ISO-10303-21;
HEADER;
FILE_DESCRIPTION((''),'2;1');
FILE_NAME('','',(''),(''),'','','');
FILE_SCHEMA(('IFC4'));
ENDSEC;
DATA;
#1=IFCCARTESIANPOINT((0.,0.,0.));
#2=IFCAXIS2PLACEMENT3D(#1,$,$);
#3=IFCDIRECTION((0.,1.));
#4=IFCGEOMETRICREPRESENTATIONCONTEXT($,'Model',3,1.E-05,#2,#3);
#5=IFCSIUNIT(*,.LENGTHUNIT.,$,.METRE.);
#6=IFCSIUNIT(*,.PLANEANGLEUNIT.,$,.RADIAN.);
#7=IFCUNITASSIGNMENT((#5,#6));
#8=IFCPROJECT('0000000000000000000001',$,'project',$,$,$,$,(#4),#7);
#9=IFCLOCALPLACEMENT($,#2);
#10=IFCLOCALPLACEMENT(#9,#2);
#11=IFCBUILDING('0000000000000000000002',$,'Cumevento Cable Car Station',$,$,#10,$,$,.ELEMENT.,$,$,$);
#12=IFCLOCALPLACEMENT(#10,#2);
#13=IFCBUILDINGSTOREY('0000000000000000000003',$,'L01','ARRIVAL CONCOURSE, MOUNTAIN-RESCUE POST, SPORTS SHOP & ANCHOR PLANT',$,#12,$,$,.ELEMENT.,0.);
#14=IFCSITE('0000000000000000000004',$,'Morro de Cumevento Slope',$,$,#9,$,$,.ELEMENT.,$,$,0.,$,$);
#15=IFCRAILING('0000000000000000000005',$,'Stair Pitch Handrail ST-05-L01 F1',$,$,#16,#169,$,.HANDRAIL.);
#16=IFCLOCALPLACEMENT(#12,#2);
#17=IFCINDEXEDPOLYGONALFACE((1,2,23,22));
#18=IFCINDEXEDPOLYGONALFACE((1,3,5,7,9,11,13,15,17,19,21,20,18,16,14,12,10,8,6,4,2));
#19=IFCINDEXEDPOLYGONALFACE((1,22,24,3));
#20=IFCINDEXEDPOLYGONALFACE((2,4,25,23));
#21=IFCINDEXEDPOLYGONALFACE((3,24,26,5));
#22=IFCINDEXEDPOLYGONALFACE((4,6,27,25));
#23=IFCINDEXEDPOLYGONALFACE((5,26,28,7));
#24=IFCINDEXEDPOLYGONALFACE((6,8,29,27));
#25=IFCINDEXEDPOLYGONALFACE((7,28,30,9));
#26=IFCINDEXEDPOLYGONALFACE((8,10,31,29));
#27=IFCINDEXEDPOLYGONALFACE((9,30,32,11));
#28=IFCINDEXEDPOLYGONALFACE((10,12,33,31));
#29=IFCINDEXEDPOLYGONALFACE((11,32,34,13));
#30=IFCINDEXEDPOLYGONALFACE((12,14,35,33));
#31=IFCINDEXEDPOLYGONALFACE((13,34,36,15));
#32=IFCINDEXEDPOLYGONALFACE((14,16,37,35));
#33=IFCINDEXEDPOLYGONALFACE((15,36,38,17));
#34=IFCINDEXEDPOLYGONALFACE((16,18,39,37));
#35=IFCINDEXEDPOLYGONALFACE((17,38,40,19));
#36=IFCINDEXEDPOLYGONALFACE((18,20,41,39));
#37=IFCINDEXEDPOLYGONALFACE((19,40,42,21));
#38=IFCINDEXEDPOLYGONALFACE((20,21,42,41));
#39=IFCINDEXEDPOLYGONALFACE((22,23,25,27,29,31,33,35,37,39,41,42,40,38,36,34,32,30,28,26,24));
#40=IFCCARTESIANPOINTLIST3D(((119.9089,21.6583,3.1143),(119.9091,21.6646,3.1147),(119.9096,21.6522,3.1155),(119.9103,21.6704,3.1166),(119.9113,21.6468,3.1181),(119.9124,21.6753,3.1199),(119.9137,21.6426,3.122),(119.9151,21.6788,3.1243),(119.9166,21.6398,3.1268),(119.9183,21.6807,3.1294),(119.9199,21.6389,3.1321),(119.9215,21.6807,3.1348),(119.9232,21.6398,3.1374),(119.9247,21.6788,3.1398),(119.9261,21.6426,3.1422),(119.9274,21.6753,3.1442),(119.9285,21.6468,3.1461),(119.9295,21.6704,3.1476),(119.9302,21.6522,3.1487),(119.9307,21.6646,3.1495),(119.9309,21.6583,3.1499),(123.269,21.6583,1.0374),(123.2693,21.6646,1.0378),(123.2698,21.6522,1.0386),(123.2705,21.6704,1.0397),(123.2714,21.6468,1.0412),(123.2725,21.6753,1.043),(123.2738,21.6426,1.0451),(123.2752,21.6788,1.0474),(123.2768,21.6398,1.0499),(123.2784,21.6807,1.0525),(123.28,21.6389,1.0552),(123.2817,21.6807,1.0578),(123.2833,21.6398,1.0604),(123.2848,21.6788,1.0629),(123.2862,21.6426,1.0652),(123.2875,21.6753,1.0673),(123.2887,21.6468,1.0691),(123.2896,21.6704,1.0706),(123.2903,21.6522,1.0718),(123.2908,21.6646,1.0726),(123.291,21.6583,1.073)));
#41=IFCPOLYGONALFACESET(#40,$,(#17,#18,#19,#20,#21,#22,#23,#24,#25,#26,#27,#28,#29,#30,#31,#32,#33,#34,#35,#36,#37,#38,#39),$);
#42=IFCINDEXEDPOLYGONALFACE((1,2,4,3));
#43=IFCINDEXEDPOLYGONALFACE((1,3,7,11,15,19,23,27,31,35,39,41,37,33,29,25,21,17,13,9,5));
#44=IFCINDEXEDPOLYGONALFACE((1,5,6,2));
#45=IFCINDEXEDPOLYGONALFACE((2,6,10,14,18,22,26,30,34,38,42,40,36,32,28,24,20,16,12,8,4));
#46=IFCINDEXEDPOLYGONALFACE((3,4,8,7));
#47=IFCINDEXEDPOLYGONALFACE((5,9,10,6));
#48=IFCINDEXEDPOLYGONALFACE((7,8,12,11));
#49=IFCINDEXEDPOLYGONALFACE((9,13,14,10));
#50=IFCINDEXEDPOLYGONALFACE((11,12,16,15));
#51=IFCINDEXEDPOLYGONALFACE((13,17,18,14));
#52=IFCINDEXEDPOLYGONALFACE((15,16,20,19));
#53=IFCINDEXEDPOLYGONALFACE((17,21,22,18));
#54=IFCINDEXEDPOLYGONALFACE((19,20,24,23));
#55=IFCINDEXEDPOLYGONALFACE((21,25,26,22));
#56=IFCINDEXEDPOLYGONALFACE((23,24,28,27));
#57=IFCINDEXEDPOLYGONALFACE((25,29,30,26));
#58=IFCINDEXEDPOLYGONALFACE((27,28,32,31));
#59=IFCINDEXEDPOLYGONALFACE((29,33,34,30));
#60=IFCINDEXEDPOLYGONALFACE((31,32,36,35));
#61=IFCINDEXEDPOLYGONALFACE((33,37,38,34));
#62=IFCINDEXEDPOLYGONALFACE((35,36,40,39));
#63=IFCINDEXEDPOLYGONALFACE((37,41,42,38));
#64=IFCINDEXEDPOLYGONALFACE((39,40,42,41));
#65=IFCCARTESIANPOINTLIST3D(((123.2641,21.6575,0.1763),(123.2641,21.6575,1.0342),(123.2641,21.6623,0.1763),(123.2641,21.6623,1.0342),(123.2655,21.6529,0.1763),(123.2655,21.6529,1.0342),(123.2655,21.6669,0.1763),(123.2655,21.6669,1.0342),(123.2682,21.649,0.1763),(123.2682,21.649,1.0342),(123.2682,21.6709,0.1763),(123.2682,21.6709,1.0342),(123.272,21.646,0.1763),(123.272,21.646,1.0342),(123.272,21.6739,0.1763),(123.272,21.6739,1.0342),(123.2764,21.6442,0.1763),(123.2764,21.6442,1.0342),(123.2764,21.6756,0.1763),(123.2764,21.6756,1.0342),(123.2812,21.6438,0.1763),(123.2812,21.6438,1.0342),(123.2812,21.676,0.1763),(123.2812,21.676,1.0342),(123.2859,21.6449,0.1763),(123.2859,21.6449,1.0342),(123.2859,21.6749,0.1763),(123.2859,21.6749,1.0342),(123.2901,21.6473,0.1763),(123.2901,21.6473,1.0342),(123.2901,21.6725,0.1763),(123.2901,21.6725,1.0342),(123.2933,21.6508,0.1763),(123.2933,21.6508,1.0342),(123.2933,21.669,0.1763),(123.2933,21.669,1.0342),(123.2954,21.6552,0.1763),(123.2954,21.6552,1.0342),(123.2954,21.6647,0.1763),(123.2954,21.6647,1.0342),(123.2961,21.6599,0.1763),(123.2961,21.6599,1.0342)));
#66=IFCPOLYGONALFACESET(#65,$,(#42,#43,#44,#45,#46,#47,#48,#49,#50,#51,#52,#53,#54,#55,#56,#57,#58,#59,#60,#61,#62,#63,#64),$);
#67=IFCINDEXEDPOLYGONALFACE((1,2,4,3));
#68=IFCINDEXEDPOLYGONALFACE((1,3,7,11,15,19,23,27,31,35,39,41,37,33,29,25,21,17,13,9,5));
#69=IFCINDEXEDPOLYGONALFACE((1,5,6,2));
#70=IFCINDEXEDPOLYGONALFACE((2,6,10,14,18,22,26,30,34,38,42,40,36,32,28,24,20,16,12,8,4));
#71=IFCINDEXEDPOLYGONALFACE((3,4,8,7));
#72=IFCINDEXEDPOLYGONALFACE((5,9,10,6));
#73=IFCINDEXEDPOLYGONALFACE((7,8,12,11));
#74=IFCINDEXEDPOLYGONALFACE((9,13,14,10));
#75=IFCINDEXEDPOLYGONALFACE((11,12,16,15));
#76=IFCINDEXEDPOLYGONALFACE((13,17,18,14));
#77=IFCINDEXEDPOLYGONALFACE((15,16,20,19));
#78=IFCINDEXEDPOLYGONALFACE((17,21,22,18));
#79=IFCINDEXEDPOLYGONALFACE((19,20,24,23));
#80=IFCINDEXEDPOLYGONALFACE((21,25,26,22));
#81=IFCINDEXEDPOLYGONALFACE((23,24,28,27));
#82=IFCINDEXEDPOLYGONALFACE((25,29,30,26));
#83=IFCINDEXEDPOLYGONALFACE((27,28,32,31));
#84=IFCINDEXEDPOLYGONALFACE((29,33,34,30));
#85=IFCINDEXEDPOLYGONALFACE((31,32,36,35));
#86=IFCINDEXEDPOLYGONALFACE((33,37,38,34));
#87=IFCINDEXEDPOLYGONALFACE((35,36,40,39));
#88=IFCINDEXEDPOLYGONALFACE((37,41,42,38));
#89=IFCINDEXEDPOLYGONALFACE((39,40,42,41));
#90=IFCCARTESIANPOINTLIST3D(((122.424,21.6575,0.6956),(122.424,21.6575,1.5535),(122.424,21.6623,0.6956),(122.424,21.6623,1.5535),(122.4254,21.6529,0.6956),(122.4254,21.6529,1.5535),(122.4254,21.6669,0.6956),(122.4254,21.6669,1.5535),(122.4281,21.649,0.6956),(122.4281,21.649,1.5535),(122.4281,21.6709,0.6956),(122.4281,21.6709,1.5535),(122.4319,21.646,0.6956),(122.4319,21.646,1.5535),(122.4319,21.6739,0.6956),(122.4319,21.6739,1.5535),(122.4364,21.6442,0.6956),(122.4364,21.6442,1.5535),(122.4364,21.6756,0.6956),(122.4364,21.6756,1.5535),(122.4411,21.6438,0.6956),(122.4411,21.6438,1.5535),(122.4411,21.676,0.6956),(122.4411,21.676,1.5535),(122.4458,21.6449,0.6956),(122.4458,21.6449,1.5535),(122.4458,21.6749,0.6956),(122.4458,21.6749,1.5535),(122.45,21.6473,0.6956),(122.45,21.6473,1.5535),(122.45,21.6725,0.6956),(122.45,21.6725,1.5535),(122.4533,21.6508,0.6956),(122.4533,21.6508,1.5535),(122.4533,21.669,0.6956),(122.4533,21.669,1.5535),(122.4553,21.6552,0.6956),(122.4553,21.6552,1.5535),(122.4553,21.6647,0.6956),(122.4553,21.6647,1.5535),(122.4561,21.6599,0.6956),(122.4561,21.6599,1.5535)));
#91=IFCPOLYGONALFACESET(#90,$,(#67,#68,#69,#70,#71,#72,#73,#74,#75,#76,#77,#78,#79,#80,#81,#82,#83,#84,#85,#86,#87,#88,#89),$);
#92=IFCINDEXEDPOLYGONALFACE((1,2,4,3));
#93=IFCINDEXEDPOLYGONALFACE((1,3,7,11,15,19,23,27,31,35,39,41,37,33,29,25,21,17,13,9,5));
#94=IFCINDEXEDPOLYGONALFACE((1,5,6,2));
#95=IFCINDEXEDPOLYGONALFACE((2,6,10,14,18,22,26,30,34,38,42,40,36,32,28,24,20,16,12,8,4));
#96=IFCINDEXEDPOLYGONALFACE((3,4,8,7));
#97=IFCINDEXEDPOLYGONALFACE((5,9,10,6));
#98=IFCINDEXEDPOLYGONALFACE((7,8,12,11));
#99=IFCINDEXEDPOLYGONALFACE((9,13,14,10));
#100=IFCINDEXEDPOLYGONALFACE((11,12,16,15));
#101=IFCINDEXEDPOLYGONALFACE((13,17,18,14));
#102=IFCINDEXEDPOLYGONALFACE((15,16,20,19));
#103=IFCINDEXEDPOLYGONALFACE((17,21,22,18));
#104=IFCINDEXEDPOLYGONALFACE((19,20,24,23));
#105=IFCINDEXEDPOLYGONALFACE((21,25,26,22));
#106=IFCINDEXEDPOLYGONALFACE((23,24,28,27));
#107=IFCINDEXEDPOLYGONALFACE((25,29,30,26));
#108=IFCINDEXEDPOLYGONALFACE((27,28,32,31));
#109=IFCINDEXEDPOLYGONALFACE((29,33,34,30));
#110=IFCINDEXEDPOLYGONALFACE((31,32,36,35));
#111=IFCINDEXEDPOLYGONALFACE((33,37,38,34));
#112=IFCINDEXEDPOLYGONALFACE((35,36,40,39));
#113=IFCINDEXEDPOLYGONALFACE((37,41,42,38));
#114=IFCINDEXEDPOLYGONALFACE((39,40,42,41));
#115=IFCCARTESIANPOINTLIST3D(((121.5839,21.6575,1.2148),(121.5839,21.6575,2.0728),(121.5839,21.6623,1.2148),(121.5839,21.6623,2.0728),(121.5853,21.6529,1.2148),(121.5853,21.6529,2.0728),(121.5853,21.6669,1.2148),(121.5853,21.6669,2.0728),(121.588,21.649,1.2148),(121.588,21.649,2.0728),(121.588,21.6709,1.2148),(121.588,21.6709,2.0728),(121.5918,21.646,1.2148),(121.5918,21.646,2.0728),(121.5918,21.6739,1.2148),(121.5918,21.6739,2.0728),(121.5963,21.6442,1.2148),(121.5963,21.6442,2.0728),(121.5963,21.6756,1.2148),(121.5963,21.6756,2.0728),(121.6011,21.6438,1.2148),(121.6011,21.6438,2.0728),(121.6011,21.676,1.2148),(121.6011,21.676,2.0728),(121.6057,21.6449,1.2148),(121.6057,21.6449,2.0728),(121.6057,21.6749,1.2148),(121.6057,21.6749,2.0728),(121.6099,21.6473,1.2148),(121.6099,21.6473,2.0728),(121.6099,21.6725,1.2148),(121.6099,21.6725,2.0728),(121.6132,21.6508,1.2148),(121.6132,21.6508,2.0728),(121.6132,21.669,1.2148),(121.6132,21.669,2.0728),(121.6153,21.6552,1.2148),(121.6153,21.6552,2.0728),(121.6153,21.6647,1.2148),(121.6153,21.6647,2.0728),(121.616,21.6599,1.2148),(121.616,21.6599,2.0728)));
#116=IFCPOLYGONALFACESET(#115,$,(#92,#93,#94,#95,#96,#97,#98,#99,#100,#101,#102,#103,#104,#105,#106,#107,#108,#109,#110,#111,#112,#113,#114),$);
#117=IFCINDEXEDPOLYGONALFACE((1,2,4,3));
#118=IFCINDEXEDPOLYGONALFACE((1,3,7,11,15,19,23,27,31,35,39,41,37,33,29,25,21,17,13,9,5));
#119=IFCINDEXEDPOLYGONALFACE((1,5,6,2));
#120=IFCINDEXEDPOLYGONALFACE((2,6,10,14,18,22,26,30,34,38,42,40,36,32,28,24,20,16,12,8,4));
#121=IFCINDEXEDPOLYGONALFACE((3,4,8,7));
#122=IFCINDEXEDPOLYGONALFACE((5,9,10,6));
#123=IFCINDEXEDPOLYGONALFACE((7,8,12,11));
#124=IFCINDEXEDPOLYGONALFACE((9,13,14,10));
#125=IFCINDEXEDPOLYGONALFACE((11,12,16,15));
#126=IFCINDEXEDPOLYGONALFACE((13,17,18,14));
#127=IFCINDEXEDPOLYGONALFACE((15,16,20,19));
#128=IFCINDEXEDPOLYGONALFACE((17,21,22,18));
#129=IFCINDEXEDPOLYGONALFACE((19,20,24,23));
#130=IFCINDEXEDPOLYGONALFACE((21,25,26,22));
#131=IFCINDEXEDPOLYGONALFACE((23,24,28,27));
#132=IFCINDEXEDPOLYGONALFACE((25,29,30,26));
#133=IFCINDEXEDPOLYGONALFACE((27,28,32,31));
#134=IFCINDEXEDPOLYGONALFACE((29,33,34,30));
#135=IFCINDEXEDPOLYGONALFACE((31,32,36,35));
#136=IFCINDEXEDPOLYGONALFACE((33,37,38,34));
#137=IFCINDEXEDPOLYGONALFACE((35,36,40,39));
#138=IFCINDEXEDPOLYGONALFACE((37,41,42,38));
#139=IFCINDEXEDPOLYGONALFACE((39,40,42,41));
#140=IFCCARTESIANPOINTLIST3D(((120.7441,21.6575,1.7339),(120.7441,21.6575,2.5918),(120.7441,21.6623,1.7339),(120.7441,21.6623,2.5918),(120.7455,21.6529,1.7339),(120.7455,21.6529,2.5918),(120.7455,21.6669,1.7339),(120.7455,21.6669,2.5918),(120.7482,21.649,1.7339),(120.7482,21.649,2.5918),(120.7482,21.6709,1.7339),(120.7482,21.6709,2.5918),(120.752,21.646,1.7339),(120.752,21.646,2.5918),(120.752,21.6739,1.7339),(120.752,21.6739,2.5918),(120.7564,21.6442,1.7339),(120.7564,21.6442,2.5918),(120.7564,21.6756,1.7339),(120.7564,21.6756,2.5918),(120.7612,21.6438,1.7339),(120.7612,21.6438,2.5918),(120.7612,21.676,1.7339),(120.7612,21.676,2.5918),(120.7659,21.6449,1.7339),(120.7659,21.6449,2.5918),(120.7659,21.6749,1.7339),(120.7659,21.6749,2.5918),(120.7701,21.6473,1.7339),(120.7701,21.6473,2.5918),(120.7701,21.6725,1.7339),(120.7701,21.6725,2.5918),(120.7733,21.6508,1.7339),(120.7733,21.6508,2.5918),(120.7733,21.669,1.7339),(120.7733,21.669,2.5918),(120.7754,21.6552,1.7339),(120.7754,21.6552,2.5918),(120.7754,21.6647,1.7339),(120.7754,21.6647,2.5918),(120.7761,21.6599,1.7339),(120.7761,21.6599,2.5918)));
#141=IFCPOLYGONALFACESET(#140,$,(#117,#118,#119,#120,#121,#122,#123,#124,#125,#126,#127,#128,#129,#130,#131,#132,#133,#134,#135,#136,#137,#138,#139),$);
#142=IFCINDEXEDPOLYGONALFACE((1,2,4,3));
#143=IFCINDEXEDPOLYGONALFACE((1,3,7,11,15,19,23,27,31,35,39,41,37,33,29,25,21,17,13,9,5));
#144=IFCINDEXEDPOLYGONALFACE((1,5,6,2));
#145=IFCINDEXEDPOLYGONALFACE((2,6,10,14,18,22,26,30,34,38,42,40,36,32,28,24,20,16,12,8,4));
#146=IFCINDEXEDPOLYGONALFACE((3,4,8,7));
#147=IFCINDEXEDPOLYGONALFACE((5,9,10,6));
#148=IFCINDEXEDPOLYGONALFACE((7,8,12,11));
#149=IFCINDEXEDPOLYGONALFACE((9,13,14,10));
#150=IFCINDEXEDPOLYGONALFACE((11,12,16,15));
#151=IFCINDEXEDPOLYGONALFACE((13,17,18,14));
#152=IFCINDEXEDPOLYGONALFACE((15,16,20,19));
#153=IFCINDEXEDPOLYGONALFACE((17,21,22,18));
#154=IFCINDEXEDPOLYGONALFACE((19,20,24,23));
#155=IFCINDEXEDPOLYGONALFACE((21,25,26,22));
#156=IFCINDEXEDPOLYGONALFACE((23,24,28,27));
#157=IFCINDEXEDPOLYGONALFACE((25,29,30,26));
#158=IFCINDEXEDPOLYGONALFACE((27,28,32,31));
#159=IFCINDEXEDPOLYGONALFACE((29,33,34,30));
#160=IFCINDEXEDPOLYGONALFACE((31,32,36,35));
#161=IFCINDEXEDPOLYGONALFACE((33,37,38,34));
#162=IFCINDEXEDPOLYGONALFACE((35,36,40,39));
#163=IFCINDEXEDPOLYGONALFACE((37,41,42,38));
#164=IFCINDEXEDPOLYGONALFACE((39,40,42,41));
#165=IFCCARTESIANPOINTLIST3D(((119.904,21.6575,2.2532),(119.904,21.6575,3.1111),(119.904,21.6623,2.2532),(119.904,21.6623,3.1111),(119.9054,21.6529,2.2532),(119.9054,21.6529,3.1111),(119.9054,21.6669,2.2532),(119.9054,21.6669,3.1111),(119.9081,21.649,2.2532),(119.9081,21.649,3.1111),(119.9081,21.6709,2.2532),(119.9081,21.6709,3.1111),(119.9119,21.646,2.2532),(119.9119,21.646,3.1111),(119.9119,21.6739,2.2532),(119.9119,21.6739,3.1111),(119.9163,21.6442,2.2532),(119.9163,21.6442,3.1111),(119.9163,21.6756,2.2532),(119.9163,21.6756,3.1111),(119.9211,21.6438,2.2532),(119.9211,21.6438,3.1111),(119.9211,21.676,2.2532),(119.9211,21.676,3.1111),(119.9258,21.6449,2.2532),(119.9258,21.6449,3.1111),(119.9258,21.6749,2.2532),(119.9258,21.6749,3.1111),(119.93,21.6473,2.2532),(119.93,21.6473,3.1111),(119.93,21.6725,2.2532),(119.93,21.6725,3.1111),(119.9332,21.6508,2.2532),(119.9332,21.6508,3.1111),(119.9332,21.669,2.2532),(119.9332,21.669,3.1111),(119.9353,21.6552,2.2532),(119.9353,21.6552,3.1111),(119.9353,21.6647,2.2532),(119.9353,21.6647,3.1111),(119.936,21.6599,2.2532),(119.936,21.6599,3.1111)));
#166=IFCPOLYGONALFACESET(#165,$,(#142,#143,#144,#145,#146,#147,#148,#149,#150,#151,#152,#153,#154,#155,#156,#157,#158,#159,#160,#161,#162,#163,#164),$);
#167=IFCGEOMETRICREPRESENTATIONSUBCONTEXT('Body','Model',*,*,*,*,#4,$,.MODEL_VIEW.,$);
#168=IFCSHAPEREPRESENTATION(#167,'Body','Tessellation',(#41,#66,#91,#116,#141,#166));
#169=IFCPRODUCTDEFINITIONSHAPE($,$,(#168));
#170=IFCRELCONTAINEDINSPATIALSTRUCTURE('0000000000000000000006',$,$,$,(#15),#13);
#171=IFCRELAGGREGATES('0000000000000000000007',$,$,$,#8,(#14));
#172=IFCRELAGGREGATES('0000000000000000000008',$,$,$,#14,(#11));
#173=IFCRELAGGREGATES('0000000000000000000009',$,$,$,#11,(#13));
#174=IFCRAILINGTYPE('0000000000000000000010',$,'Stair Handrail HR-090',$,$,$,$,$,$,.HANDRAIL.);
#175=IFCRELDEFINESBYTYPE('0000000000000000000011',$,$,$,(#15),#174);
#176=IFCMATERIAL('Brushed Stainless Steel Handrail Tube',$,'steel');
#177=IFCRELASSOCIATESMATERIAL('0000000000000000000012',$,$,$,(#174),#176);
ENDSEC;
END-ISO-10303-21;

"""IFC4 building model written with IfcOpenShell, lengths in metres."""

from ifc_helpers import new_model, si_unit, direction, frame, origin, origin_2d, place, context, subcontext, project, spatial, circle, extrude, material, type_object, element, save


model = new_model("IFC4")

# Units and contexts
model_context = context("Model", 3, precision=1e-05, world=origin(), true_north=direction((0.0, 1.0)))
body_context = subcontext(model_context, "Body", "Model", "MODEL_VIEW")
ifc_project = project(units=[si_unit("LENGTHUNIT", "METRE"), si_unit("PLANEANGLEUNIT", "RADIAN")], contexts=[model_context])

# Site, building, storey
site_placement = place(None, origin())
site = spatial("IfcSite", under=ifc_project, at=site_placement, Name="Morro de Cumevento Slope", CompositionType="ELEMENT", RefElevation=0.0)
building_placement = place(site_placement, origin())
building = spatial("IfcBuilding", under=site, at=building_placement, Name="Cumevento Cable Car Station", CompositionType="ELEMENT")
storey_placement = place(building_placement, origin())
storey = spatial("IfcBuildingStorey", under=building, at=storey_placement, Name="L01", Description="ARRIVAL CONCOURSE, MOUNTAIN-RESCUE POST, SPORTS SHOP & ANCHOR PLANT", CompositionType="ELEMENT", Elevation=0.0)

# Railing
ifc_material_1 = material(Name="Brushed Stainless Steel Handrail Tube", Category="steel")
railing_type_1 = type_object("IfcRailingType", Name="Stair Handrail HR-090", PredefinedType="HANDRAIL", material=ifc_material_1)
railing_1_placement = place(storey_placement, frame((123.28, 21.6599, 0.1763)))
element("IfcRailing", 1, at=railing_1_placement, inside=storey, type_object=railing_type_1, Name="Stair Pitch Handrail ST-05-L01 F1", PredefinedType="HANDRAIL", context=body_context, shape_type="SweptSolid", body=[
    extrude(circle(Radius=0.021, at=origin_2d()), frame((0.0, 0.0, 0.8789), z_axis=(-0.850623, 0.0, 0.525776), x_axis=(0.0, -1.0, 0.0)), (0.0, 0.0, 1.0), 3.9502),
    extrude(circle(Radius=0.0161, at=origin_2d()), origin(), (0.0, 0.0, 1.0), 0.8579),
    extrude(circle(Radius=0.0161, at=origin_2d()), frame((-0.8401, 0.0, 0.5193)), (0.0, 0.0, 1.0), 0.8579),
    extrude(circle(Radius=0.0161, at=origin_2d()), frame((-1.6802, 0.0, 1.0386)), (0.0, 0.0, 1.0), 0.8579),
    extrude(circle(Radius=0.0161, at=origin_2d()), frame((-2.52, 0.0, 1.5576)), (0.0, 0.0, 1.0), 0.8579),
    extrude(circle(Radius=0.0161, at=origin_2d()), frame((-3.3601, 0.0, 2.0769)), (0.0, 0.0, 1.0), 0.8579),
])

save(model, "model.ifc")
